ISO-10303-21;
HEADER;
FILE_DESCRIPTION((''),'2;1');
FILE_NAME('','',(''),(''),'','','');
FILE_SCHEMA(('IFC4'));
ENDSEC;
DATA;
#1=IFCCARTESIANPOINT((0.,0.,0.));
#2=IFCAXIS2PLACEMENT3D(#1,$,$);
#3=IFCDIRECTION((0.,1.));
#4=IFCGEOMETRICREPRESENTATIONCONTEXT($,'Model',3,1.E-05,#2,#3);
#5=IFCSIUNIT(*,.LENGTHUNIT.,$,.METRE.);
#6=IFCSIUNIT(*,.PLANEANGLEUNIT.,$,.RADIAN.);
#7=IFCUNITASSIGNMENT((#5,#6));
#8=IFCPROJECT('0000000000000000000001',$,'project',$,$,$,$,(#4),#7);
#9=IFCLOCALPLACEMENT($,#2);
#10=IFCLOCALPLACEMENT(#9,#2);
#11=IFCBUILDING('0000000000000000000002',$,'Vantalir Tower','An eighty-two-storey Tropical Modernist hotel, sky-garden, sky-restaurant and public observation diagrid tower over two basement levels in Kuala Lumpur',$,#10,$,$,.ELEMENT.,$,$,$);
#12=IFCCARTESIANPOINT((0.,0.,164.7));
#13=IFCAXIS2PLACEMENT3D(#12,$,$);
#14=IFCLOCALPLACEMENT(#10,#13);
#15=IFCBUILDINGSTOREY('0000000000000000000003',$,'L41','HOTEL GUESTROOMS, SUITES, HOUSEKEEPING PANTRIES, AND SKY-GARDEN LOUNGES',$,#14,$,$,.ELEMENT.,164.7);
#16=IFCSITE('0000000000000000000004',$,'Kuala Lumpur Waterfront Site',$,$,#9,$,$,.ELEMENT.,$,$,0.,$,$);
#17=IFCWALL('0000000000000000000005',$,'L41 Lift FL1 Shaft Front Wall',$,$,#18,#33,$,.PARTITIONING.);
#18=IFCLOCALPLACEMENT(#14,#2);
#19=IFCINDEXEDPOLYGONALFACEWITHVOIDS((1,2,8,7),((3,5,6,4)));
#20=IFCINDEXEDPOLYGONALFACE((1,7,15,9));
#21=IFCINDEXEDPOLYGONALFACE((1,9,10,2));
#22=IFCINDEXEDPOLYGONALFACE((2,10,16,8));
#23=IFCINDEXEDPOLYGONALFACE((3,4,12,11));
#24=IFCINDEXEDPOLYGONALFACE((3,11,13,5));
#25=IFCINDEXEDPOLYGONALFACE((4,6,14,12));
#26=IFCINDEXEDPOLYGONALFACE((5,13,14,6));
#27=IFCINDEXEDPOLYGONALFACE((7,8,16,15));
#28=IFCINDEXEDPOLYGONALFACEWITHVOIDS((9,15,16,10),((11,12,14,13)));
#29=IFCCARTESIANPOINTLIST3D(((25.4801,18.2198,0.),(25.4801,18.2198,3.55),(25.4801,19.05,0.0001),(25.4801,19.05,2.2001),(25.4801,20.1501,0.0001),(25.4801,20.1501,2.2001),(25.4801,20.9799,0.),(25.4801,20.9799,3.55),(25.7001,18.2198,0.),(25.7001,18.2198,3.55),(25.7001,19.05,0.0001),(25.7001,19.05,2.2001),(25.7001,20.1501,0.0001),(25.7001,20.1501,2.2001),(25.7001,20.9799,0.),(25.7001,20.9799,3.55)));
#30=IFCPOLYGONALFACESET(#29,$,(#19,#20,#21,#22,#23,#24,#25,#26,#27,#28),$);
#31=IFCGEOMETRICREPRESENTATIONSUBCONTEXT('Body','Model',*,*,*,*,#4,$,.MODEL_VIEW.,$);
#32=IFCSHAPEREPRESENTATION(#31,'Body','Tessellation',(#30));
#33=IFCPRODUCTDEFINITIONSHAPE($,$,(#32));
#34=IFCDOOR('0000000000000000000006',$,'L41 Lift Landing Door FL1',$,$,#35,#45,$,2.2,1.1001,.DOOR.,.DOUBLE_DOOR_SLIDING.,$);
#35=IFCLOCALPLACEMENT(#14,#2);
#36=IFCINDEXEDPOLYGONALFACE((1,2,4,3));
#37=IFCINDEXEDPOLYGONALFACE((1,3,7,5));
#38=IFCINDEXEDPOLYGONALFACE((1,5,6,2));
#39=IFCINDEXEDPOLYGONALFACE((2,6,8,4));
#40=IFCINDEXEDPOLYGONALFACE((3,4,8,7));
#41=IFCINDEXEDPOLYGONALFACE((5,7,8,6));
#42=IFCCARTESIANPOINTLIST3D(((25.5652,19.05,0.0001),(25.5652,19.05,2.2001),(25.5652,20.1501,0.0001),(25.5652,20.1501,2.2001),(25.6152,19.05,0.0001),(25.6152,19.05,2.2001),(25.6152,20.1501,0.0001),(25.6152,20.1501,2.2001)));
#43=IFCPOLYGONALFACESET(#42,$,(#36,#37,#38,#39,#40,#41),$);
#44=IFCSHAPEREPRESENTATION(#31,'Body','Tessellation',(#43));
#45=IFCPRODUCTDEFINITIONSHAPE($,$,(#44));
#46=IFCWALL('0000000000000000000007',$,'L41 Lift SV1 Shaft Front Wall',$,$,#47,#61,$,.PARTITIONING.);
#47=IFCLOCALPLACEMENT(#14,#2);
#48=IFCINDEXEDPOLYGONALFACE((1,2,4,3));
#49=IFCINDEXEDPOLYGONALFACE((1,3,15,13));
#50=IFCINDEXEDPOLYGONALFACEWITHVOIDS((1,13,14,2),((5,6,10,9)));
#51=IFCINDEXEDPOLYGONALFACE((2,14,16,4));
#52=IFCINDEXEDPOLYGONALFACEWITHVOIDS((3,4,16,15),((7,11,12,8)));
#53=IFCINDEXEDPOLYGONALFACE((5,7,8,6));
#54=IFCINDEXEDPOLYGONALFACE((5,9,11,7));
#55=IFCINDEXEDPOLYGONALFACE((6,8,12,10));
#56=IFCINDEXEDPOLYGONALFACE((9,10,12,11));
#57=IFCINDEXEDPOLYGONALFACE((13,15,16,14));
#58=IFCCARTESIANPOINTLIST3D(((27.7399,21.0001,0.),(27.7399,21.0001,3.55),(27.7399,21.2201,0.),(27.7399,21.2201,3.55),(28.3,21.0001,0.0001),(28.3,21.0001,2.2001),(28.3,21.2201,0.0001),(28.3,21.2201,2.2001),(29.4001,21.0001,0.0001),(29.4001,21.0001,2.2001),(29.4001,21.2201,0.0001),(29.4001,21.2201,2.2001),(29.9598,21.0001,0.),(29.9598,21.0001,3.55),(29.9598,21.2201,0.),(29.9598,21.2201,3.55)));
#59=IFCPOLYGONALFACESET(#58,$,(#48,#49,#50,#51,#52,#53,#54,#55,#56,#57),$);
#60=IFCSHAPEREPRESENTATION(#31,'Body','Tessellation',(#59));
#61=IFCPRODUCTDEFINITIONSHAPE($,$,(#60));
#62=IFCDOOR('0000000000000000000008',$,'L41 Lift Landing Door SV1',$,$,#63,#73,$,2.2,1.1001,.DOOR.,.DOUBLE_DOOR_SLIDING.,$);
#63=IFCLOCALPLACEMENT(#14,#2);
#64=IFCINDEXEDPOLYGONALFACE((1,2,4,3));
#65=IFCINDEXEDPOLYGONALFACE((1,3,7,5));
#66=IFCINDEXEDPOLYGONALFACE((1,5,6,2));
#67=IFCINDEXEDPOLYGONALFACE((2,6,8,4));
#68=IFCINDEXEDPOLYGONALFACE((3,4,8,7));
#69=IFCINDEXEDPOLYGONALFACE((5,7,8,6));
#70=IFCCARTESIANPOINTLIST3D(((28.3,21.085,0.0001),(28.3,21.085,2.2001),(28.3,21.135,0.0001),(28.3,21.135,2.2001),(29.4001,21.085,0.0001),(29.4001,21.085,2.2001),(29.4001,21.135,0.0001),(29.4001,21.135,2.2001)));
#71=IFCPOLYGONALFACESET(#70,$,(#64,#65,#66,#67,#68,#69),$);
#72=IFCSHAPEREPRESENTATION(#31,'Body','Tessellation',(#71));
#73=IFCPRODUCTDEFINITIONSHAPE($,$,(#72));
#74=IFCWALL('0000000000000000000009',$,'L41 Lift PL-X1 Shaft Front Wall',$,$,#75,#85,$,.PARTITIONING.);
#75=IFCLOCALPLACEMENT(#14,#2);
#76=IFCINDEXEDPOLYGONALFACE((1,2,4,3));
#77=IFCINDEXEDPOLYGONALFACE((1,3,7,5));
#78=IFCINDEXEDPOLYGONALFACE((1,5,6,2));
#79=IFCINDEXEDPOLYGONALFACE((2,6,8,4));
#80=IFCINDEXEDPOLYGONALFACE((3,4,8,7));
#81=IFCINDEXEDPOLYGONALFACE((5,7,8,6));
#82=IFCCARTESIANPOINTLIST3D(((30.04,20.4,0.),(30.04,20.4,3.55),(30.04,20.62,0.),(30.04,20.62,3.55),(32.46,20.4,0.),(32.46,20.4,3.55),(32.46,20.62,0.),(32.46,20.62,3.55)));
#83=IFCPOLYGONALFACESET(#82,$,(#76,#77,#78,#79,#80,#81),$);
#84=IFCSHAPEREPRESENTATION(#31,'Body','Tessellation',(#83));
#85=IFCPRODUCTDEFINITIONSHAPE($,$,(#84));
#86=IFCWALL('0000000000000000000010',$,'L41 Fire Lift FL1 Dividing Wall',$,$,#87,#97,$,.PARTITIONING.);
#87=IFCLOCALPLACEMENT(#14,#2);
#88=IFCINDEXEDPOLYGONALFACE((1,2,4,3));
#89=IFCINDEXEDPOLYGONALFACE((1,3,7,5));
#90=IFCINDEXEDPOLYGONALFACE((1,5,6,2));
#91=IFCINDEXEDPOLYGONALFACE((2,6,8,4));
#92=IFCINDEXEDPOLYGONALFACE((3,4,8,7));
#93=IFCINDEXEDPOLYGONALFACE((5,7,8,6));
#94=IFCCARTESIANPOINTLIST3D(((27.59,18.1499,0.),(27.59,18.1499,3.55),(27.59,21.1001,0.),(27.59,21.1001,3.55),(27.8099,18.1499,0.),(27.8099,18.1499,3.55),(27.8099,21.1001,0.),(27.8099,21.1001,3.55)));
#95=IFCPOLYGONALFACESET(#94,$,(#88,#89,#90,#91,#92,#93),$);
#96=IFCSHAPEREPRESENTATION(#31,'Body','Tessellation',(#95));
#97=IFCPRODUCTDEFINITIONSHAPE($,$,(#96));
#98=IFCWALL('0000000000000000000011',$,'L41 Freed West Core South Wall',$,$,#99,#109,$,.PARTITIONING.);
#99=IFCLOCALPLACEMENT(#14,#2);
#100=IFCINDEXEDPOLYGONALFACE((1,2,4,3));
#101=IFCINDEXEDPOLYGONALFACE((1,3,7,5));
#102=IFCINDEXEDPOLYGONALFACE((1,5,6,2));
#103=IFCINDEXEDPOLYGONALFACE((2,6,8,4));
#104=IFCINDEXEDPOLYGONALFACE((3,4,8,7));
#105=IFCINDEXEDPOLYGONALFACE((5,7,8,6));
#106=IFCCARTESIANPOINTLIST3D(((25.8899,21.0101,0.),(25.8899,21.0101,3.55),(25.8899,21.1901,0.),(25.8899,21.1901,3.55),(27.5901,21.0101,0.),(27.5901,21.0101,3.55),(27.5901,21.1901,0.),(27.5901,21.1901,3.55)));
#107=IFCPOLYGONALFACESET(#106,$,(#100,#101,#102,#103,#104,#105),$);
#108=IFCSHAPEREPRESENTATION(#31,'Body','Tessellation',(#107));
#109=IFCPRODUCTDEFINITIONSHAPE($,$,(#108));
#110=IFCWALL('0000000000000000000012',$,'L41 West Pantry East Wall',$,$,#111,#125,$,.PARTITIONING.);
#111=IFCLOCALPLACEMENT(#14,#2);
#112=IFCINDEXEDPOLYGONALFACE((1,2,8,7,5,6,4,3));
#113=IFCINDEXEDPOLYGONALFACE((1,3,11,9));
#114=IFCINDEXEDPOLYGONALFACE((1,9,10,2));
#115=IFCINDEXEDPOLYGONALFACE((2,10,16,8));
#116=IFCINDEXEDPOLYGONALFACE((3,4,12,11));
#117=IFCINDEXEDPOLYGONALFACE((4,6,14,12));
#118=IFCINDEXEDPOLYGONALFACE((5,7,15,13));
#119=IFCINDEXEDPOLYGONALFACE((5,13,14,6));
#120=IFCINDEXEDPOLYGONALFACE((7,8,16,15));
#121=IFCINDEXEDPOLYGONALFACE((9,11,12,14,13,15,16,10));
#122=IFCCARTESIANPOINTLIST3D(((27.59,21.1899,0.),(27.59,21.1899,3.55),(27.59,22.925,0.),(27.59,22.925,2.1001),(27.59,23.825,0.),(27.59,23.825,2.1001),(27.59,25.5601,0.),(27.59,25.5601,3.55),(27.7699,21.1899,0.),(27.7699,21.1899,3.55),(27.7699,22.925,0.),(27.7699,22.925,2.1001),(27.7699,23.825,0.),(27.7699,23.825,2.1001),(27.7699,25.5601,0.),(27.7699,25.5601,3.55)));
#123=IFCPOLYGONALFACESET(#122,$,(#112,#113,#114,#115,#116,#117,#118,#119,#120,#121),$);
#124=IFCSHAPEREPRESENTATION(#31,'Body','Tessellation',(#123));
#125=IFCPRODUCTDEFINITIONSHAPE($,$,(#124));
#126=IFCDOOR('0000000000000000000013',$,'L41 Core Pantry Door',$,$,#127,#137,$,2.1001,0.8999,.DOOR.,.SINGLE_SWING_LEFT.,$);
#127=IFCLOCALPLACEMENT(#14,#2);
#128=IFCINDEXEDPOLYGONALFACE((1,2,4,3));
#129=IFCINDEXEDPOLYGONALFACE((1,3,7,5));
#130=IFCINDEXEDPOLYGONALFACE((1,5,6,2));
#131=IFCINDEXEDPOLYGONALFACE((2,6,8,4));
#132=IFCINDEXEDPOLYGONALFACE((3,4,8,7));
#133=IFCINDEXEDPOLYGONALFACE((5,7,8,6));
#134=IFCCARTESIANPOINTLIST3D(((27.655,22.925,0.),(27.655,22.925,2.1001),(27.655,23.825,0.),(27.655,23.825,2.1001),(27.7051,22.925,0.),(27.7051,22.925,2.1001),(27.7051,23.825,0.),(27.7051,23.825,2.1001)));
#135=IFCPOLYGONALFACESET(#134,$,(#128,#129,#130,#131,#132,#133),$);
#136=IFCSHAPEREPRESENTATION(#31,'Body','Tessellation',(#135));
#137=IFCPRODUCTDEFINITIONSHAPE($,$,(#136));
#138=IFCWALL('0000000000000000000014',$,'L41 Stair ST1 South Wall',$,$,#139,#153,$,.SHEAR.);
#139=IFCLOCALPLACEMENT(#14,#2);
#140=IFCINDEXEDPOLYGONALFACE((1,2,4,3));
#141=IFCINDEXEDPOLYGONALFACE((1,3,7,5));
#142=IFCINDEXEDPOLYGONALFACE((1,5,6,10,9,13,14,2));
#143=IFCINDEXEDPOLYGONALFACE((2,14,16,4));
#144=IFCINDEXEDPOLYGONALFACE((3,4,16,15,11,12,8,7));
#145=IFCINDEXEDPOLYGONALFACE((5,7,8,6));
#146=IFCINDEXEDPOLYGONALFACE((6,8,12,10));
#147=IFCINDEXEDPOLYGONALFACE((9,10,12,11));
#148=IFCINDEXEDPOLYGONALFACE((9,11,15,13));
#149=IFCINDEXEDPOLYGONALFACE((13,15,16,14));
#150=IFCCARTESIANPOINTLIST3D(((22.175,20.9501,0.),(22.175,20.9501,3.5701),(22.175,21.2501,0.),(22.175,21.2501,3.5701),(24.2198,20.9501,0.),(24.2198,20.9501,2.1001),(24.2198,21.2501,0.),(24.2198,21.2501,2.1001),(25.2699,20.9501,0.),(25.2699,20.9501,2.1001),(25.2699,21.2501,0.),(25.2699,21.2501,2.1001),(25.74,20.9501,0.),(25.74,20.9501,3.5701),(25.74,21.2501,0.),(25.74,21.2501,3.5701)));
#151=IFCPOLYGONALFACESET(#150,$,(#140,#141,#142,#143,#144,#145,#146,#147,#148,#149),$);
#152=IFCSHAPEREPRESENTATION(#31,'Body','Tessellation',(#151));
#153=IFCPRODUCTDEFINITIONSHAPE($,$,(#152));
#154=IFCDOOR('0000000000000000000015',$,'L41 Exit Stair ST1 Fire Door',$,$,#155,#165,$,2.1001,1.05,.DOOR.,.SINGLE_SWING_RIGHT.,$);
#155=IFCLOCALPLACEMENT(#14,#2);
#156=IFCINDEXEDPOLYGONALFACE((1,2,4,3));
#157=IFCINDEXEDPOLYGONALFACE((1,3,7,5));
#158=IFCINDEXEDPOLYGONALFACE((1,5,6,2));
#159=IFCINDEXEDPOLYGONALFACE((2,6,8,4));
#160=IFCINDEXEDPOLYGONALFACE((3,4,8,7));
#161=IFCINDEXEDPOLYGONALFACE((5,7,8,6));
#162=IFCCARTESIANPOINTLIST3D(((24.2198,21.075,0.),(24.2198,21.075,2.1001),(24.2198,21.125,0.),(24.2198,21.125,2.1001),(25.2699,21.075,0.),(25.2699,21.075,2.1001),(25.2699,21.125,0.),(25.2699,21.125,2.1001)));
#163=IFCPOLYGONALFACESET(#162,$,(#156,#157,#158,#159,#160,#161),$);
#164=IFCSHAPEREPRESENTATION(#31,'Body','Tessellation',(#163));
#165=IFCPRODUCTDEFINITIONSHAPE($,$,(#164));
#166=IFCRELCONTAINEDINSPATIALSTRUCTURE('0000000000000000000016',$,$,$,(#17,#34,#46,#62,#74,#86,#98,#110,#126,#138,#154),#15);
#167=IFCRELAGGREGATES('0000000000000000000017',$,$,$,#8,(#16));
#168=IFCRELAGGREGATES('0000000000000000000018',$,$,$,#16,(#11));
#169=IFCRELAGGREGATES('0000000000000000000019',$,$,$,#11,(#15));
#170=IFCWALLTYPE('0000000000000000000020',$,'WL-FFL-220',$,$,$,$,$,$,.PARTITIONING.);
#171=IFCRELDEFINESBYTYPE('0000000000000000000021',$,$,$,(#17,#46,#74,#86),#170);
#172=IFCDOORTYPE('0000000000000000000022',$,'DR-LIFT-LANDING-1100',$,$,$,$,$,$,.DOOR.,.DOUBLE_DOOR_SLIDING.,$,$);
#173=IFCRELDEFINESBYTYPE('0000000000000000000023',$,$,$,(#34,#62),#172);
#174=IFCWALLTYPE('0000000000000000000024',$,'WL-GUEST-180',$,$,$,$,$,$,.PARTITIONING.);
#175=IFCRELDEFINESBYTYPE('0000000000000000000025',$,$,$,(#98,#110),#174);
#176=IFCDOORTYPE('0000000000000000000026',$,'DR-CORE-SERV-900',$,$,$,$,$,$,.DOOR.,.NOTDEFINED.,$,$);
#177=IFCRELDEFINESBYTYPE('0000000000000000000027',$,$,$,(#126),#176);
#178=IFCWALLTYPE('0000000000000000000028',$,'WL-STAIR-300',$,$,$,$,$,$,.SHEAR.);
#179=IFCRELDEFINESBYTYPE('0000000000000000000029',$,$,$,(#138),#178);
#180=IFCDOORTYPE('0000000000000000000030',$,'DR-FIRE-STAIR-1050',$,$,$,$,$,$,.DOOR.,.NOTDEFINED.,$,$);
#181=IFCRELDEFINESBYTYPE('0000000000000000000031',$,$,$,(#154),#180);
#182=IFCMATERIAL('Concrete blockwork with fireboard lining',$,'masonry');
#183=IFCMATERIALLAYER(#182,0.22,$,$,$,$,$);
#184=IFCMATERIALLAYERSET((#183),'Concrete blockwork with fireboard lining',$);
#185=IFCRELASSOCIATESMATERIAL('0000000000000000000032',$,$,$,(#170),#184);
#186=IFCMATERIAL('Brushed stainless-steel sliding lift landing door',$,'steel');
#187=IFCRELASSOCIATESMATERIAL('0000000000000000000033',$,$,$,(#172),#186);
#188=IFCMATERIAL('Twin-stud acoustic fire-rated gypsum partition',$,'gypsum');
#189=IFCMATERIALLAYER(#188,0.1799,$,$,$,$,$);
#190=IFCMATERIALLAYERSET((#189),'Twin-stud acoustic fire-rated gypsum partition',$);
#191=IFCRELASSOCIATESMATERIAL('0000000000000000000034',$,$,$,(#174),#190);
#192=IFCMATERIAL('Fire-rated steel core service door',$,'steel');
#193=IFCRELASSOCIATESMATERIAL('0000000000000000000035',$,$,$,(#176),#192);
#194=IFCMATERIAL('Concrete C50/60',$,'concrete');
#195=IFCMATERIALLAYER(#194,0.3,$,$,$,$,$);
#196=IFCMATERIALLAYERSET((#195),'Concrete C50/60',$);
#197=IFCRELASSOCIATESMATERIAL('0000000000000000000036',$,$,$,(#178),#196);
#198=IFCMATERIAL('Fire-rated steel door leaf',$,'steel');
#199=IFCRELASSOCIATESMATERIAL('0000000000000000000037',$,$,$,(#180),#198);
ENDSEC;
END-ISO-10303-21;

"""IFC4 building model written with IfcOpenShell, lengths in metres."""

from ifc_helpers import new_model, si_unit, direction, frame, frame_2d, origin, place, context, subcontext, project, spatial, rectangle, extrude, material, layer, layer_set, type_object, element, fill, save


model = new_model("IFC4")

# Units and contexts
model_context = context("Model", 3, precision=1e-05, world=origin(), true_north=direction((0.0, 1.0)))
body_context = subcontext(model_context, "Body", "Model", "MODEL_VIEW")
ifc_project = project(units=[si_unit("LENGTHUNIT", "METRE"), si_unit("PLANEANGLEUNIT", "RADIAN")], contexts=[model_context])

# Site, building, storey
site_placement = place(None, origin())
site = spatial("IfcSite", under=ifc_project, at=site_placement, Name="Kuala Lumpur Waterfront Site", CompositionType="ELEMENT", RefElevation=0.0)
building_placement = place(site_placement, origin())
building = spatial("IfcBuilding", under=site, at=building_placement, Name="Vantalir Tower", Description="An eighty-two-storey Tropical Modernist hotel, sky-garden, sky-restaurant and public observation diagrid tower over two basement levels in Kuala Lumpur", CompositionType="ELEMENT")
storey_placement = place(building_placement, frame((0.0, 0.0, 164.7)))
storey = spatial("IfcBuildingStorey", under=building, at=storey_placement, Name="L41", Description="HOTEL GUESTROOMS, SUITES, HOUSEKEEPING PANTRIES, AND SKY-GARDEN LOUNGES", CompositionType="ELEMENT", Elevation=164.7)

# Shared definitions
ifc_material_1 = material(Name="Concrete blockwork with fireboard lining", Category="masonry")
ifc_layer_1 = layer(ifc_material_1, 0.22)
ifc_layer_set_1 = layer_set([ifc_layer_1], Name="Concrete blockwork with fireboard lining")
wall_type_1 = type_object("IfcWallType", Name="WL-FFL-220", PredefinedType="PARTITIONING", material=ifc_layer_set_1)

# Walls, openings, doors
wall_1_placement = place(storey_placement, frame((25.5901, 18.22, 0.0), z_axis=(0.0, 0.0, 1.0), x_axis=(0.0, 1.0, 0.0)))
wall_1 = element("IfcWall", 1, at=wall_1_placement, inside=storey, type_object=wall_type_1, Name="L41 Lift FL1 Shaft Front Wall", PredefinedType="PARTITIONING", context=body_context, shape_type="SweptSolid", body=[
    extrude(rectangle(XDim=2.76, YDim=0.22, at=frame_2d((1.3799, 0.0))), origin(), (0.0, 0.0, 1.0), 3.55),
])
opening_1_placement = place(wall_1_placement, frame((0.8301, 0.0, 0.0)))
opening_1 = element("IfcOpeningElement", 2, at=opening_1_placement, cuts=wall_1, PredefinedType="OPENING", context=body_context, shape_type="SweptSolid", body=[
    extrude(rectangle(XDim=1.1001, YDim=2.2, at=frame_2d((0.55, 1.1001))), frame((0.0, 0.1199, 0.0), z_axis=(0.0, -1.0, 0.0), x_axis=(1.0, 0.0, 0.0)), (0.0, 0.0, 1.0), 0.24),
])
ifc_material_2 = material(Name="Brushed stainless-steel sliding lift landing door", Category="steel")
door_type_1 = type_object("IfcDoorType", Name="DR-LIFT-LANDING-1100", OperationType="DOUBLE_DOOR_SLIDING", PredefinedType="DOOR", material=ifc_material_2)
door_1_placement = place(opening_1_placement, origin())
door_1 = element("IfcDoor", 3, at=door_1_placement, inside=storey, type_object=door_type_1, Name="L41 Lift Landing Door FL1", OperationType="DOUBLE_DOOR_SLIDING", OverallHeight=2.2, OverallWidth=1.1001, PredefinedType="DOOR", context=body_context, shape_type="SweptSolid", body=[
    extrude(rectangle(XDim=1.1001, YDim=2.2, at=frame_2d((0.55, 1.1001))), frame((0.0, 0.0249, 0.0), z_axis=(0.0, -1.0, 0.0), x_axis=(1.0, 0.0, 0.0)), (0.0, 0.0, 1.0), 0.05),
])
fill(opening_1, door_1)
wall_2_placement = place(storey_placement, frame((27.74, 21.1101, 0.0), z_axis=(0.0, 0.0, 1.0), x_axis=(1.0, 0.0, 0.0)))
wall_2 = element("IfcWall", 4, at=wall_2_placement, inside=storey, type_object=wall_type_1, Name="L41 Lift SV1 Shaft Front Wall", PredefinedType="PARTITIONING", context=body_context, shape_type="SweptSolid", body=[
    extrude(rectangle(XDim=2.22, YDim=0.22, at=frame_2d((1.1099, 0.0))), origin(), (0.0, 0.0, 1.0), 3.55),
])
opening_2_placement = place(wall_2_placement, frame((0.5601, 0.0, 0.0)))
opening_2 = element("IfcOpeningElement", 5, at=opening_2_placement, cuts=wall_2, PredefinedType="OPENING", context=body_context, shape_type="SweptSolid", body=[
    extrude(rectangle(XDim=1.1001, YDim=2.2, at=frame_2d((0.55, 1.1001))), frame((0.0, 0.1199, 0.0), z_axis=(0.0, -1.0, 0.0), x_axis=(1.0, 0.0, 0.0)), (0.0, 0.0, 1.0), 0.24),
])
door_2_placement = place(opening_2_placement, origin())
door_2 = element("IfcDoor", 6, at=door_2_placement, inside=storey, type_object=door_type_1, Name="L41 Lift Landing Door SV1", OperationType="DOUBLE_DOOR_SLIDING", OverallHeight=2.2, OverallWidth=1.1001, PredefinedType="DOOR", context=body_context, shape_type="SweptSolid", body=[
    extrude(rectangle(XDim=1.1001, YDim=2.2, at=frame_2d((0.55, 1.1001))), frame((0.0, 0.0249, 0.0), z_axis=(0.0, -1.0, 0.0), x_axis=(1.0, 0.0, 0.0)), (0.0, 0.0, 1.0), 0.05),
])
fill(opening_2, door_2)

# Walls
wall_3_placement = place(storey_placement, frame((30.04, 20.51, 0.0), z_axis=(0.0, 0.0, 1.0), x_axis=(1.0, 0.0, 0.0)))
element("IfcWall", 7, at=wall_3_placement, inside=storey, type_object=wall_type_1, Name="L41 Lift PL-X1 Shaft Front Wall", PredefinedType="PARTITIONING", context=body_context, shape_type="SweptSolid", body=[
    extrude(rectangle(XDim=2.4199, YDim=0.22, at=frame_2d((1.21, 0.0))), origin(), (0.0, 0.0, 1.0), 3.55),
])
wall_4_placement = place(storey_placement, frame((27.7, 18.1499, 0.0), z_axis=(0.0, 0.0, 1.0), x_axis=(0.0, 1.0, 0.0)))
element("IfcWall", 8, at=wall_4_placement, inside=storey, type_object=wall_type_1, Name="L41 Fire Lift FL1 Dividing Wall", PredefinedType="PARTITIONING", context=body_context, shape_type="SweptSolid", body=[
    extrude(rectangle(XDim=2.9502, YDim=0.22, at=frame_2d((1.4751, 0.0))), origin(), (0.0, 0.0, 1.0), 3.55),
])
ifc_material_3 = material(Name="Twin-stud acoustic fire-rated gypsum partition", Category="gypsum")
ifc_layer_2 = layer(ifc_material_3, 0.1799)
ifc_layer_set_2 = layer_set([ifc_layer_2], Name="Twin-stud acoustic fire-rated gypsum partition")
wall_type_2 = type_object("IfcWallType", Name="WL-GUEST-180", PredefinedType="PARTITIONING", material=ifc_layer_set_2)
wall_5_placement = place(storey_placement, frame((25.8899, 21.1001, 0.0), z_axis=(0.0, 0.0, 1.0), x_axis=(1.0, 0.0, 0.0)))
element("IfcWall", 9, at=wall_5_placement, inside=storey, type_object=wall_type_2, Name="L41 Freed West Core South Wall", PredefinedType="PARTITIONING", context=body_context, shape_type="SweptSolid", body=[
    extrude(rectangle(XDim=1.7002, YDim=0.1799, at=frame_2d((0.8501, 0.0))), origin(), (0.0, 0.0, 1.0), 3.55),
])

# Walls, openings, doors
wall_6_placement = place(storey_placement, frame((27.6799, 21.1899, 0.0), z_axis=(0.0, 0.0, 1.0), x_axis=(0.0, 1.0, 0.0)))
wall_6 = element("IfcWall", 10, at=wall_6_placement, inside=storey, type_object=wall_type_2, Name="L41 West Pantry East Wall", PredefinedType="PARTITIONING", context=body_context, shape_type="SweptSolid", body=[
    extrude(rectangle(XDim=4.3701, YDim=0.1799, at=frame_2d((2.1851, 0.0))), origin(), (0.0, 0.0, 1.0), 3.55),
])
opening_3_placement = place(wall_6_placement, frame((1.7351, 0.0, 0.0)))
opening_3 = element("IfcOpeningElement", 11, at=opening_3_placement, cuts=wall_6, PredefinedType="OPENING", context=body_context, shape_type="SweptSolid", body=[
    extrude(rectangle(XDim=0.8999, YDim=2.1001, at=frame_2d((0.45, 1.05))), frame((0.0, 0.0999, 0.0), z_axis=(0.0, -1.0, 0.0), x_axis=(1.0, 0.0, 0.0)), (0.0, 0.0, 1.0), 0.2),
])
ifc_material_4 = material(Name="Fire-rated steel core service door", Category="steel")
door_type_2 = type_object("IfcDoorType", Name="DR-CORE-SERV-900", OperationType="NOTDEFINED", PredefinedType="DOOR", material=ifc_material_4)
door_3_placement = place(opening_3_placement, origin())
door_3 = element("IfcDoor", 12, at=door_3_placement, inside=storey, type_object=door_type_2, Name="L41 Core Pantry Door", OperationType="SINGLE_SWING_LEFT", OverallHeight=2.1001, OverallWidth=0.8999, PredefinedType="DOOR", context=body_context, shape_type="SweptSolid", body=[
    extrude(rectangle(XDim=0.8999, YDim=2.1001, at=frame_2d((0.45, 1.05))), frame((0.0, 0.0249, 0.0), z_axis=(0.0, -1.0, 0.0), x_axis=(1.0, 0.0, 0.0)), (0.0, 0.0, 1.0), 0.05),
])
fill(opening_3, door_3)
ifc_material_5 = material(Name="Concrete C50/60", Category="concrete")
ifc_layer_3 = layer(ifc_material_5, 0.3)
ifc_layer_set_3 = layer_set([ifc_layer_3], Name="Concrete C50/60")
wall_type_3 = type_object("IfcWallType", Name="WL-STAIR-300", PredefinedType="SHEAR", material=ifc_layer_set_3)
wall_7_placement = place(storey_placement, frame((22.175, 21.1001, 0.0), z_axis=(0.0, 0.0, 1.0), x_axis=(1.0, 0.0, 0.0)))
wall_7 = element("IfcWall", 13, at=wall_7_placement, inside=storey, type_object=wall_type_3, Name="L41 Stair ST1 South Wall", PredefinedType="SHEAR", context=body_context, shape_type="SweptSolid", body=[
    extrude(rectangle(XDim=3.5649, YDim=0.3, at=frame_2d((1.7825, 0.0))), origin(), (0.0, 0.0, 1.0), 3.5701),
])
opening_4_placement = place(wall_7_placement, frame((2.0449, 0.0, 0.0)))
opening_4 = element("IfcOpeningElement", 14, at=opening_4_placement, cuts=wall_7, PredefinedType="OPENING", context=body_context, shape_type="SweptSolid", body=[
    extrude(rectangle(XDim=1.05, YDim=2.1001, at=frame_2d((0.5249, 1.05))), frame((0.0, 0.1599, 0.0), z_axis=(0.0, -1.0, 0.0), x_axis=(1.0, 0.0, 0.0)), (0.0, 0.0, 1.0), 0.3201),
])
ifc_material_6 = material(Name="Fire-rated steel door leaf", Category="steel")
door_type_3 = type_object("IfcDoorType", Name="DR-FIRE-STAIR-1050", OperationType="NOTDEFINED", PredefinedType="DOOR", material=ifc_material_6)
door_4_placement = place(opening_4_placement, origin())
door_4 = element("IfcDoor", 15, at=door_4_placement, inside=storey, type_object=door_type_3, Name="L41 Exit Stair ST1 Fire Door", OperationType="SINGLE_SWING_RIGHT", OverallHeight=2.1001, OverallWidth=1.05, PredefinedType="DOOR", context=body_context, shape_type="SweptSolid", body=[
    extrude(rectangle(XDim=1.05, YDim=2.1001, at=frame_2d((0.5249, 1.05))), frame((0.0, 0.0249, 0.0), z_axis=(0.0, -1.0, 0.0), x_axis=(1.0, 0.0, 0.0)), (0.0, 0.0, 1.0), 0.05),
])
fill(opening_4, door_4)

save(model, "model.ifc")
